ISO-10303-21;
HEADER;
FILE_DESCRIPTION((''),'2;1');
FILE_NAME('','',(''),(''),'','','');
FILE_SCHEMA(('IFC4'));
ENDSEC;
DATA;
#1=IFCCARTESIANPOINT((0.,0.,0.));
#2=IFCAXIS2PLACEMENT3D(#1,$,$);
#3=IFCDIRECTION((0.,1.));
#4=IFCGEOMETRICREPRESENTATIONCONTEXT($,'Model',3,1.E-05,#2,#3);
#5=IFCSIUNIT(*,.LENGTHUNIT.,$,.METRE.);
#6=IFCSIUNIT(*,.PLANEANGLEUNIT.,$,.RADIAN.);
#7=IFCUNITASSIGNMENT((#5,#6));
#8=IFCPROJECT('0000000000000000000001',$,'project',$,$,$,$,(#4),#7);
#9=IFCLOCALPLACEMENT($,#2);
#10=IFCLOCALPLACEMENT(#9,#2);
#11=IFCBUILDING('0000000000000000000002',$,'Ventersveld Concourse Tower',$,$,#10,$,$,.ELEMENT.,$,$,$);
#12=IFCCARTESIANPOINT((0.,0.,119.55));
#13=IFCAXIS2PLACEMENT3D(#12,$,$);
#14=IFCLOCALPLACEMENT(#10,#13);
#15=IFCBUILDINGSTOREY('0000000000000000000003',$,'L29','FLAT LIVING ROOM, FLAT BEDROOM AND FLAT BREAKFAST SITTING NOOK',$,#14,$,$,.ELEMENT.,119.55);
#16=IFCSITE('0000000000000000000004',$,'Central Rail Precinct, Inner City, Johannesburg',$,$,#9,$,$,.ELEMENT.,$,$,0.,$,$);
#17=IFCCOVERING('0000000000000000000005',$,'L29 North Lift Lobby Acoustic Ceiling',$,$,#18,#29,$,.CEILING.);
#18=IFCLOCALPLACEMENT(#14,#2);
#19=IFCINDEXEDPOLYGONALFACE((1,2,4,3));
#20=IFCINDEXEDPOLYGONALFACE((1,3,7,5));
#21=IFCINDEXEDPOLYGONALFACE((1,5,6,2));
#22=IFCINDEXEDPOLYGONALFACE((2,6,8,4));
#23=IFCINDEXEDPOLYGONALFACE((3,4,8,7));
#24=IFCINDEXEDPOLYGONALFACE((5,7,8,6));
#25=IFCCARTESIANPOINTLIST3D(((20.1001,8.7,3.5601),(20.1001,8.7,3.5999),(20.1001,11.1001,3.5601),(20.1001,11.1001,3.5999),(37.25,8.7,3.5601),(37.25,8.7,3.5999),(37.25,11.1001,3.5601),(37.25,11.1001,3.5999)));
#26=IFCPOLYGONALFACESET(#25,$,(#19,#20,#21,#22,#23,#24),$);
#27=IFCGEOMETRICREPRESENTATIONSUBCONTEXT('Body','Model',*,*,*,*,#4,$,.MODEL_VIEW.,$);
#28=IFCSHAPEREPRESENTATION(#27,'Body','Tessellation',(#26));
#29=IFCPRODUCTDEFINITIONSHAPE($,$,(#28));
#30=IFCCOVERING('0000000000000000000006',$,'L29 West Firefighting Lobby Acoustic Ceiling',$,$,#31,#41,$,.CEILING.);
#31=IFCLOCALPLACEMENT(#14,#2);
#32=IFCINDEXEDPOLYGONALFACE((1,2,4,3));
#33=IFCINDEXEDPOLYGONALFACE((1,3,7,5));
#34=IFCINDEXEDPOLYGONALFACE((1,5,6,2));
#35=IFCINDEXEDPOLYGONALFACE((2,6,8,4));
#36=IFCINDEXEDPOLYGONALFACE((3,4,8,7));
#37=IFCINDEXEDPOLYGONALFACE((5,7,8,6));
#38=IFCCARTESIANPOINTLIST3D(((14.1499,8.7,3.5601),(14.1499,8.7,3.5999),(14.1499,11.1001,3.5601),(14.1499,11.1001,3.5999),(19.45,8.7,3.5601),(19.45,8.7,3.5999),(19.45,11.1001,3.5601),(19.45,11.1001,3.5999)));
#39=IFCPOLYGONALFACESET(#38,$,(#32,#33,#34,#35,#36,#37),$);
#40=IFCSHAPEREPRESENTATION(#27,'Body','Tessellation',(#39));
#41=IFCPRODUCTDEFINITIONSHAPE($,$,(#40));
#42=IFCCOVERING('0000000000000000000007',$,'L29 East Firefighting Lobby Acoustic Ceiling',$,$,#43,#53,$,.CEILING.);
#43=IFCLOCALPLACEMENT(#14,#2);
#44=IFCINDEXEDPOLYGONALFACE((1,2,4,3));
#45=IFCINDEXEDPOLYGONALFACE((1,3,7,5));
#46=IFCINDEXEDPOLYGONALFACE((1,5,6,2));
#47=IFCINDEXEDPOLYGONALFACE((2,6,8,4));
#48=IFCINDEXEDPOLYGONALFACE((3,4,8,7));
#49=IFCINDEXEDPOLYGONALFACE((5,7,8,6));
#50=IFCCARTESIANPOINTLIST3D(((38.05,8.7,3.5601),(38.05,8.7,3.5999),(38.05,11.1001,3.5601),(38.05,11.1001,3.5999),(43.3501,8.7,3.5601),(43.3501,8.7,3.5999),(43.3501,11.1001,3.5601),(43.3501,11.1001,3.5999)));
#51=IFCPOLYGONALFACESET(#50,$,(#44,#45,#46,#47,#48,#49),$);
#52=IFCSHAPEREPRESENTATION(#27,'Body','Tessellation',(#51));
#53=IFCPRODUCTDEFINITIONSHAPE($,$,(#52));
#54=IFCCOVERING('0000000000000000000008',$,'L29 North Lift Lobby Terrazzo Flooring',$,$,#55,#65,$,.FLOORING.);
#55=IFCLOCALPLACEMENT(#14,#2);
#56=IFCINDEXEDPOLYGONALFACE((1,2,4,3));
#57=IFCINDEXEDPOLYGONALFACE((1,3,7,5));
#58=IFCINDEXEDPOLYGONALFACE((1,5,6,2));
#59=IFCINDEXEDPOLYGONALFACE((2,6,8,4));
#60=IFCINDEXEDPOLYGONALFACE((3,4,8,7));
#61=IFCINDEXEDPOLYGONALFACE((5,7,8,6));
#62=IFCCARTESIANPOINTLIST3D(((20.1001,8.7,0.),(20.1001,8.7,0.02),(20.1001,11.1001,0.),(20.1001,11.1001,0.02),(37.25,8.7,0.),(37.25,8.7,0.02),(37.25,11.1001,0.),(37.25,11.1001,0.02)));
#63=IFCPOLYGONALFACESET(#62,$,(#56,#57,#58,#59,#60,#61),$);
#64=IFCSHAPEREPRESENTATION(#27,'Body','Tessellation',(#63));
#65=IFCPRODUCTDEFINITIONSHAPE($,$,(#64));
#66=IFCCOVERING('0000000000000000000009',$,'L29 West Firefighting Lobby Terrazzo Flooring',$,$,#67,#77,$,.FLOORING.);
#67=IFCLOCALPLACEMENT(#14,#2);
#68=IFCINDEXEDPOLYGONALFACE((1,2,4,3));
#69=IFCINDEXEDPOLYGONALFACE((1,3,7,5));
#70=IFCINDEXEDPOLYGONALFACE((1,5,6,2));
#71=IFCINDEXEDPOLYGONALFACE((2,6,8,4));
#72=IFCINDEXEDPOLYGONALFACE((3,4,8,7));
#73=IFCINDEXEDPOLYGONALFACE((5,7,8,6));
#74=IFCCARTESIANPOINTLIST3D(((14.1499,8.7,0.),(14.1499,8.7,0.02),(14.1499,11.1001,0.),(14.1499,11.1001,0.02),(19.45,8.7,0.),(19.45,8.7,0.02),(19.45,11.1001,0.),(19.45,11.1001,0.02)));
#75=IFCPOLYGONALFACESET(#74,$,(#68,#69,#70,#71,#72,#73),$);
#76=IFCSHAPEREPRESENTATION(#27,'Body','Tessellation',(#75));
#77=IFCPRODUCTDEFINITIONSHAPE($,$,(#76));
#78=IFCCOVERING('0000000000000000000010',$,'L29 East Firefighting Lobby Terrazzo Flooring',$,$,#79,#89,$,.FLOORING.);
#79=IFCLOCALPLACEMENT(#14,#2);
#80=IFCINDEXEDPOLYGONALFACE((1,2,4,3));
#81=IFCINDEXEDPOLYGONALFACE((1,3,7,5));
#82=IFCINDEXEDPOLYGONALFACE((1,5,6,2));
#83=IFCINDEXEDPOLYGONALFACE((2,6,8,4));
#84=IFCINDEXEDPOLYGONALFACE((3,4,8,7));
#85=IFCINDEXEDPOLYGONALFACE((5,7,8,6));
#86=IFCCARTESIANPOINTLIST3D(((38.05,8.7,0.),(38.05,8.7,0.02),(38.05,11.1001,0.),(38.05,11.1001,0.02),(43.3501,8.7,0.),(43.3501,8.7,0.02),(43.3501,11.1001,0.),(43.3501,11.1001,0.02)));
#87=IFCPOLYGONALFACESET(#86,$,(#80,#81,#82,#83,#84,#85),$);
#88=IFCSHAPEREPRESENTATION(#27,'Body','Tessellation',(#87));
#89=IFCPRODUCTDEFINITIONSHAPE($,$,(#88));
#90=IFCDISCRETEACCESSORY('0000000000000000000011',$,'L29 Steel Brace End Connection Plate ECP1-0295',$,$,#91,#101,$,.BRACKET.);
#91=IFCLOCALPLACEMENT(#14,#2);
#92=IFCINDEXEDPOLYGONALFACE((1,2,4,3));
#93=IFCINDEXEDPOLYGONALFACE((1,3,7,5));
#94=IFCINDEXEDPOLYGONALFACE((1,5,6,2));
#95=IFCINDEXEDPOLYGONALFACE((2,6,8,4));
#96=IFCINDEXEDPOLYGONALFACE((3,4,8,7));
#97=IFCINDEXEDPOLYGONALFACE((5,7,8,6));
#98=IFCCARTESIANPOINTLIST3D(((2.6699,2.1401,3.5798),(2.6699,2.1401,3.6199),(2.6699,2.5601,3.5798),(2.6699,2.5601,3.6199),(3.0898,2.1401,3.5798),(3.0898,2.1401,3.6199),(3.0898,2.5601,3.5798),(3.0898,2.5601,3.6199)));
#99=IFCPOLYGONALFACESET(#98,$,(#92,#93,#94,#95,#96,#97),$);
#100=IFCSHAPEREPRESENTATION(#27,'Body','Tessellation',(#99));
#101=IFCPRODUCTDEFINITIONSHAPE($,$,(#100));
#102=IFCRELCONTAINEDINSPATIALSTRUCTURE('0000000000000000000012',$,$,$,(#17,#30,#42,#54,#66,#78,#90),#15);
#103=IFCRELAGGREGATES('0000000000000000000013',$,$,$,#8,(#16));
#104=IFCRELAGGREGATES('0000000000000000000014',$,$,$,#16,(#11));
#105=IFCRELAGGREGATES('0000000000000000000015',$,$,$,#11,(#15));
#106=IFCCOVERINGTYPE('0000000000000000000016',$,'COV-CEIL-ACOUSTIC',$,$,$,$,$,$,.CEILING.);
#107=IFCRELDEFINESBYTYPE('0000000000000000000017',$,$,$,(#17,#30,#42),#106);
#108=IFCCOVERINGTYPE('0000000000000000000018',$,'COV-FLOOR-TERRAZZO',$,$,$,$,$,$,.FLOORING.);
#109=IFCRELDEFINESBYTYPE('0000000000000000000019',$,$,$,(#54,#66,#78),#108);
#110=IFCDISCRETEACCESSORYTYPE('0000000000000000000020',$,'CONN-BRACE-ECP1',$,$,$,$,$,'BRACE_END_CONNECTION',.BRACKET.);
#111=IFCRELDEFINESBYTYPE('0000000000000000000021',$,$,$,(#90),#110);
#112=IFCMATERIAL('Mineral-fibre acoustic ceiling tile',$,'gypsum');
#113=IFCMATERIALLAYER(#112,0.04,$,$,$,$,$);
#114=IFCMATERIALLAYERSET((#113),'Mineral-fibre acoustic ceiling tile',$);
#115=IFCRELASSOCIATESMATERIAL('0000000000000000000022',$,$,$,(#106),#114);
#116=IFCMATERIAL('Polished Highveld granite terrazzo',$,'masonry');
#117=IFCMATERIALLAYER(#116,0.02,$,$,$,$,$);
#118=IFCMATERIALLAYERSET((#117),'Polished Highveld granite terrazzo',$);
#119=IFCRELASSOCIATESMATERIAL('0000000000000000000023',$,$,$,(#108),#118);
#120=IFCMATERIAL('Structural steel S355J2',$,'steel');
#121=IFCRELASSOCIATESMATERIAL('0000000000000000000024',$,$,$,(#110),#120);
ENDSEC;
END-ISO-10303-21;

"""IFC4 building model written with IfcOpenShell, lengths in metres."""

from ifc_helpers import new_model, si_unit, direction, frame, origin, origin_2d, place, context, subcontext, project, spatial, polyline, rectangle, outline, extrude, material, layer, layer_set, type_object, element, save


model = new_model("IFC4")

# Units and contexts
model_context = context("Model", 3, precision=1e-05, world=origin(), true_north=direction((0.0, 1.0)))
body_context = subcontext(model_context, "Body", "Model", "MODEL_VIEW")
ifc_project = project(units=[si_unit("LENGTHUNIT", "METRE"), si_unit("PLANEANGLEUNIT", "RADIAN")], contexts=[model_context])

# Site, building, storey
site_placement = place(None, origin())
site = spatial("IfcSite", under=ifc_project, at=site_placement, Name="Central Rail Precinct, Inner City, Johannesburg", CompositionType="ELEMENT", RefElevation=0.0)
building_placement = place(site_placement, origin())
building = spatial("IfcBuilding", under=site, at=building_placement, Name="Ventersveld Concourse Tower", CompositionType="ELEMENT")
storey_placement = place(building_placement, frame((0.0, 0.0, 119.55)))
storey = spatial("IfcBuildingStorey", under=building, at=storey_placement, Name="L29", Description="FLAT LIVING ROOM, FLAT BEDROOM AND FLAT BREAKFAST SITTING NOOK", CompositionType="ELEMENT", Elevation=119.55)

# Coverings
ifc_material_1 = material(Name="Mineral-fibre acoustic ceiling tile", Category="gypsum")
ifc_layer_1 = layer(ifc_material_1, 0.04)
ifc_layer_set_1 = layer_set([ifc_layer_1], Name="Mineral-fibre acoustic ceiling tile")
covering_type_1 = type_object("IfcCoveringType", Name="COV-CEIL-ACOUSTIC", PredefinedType="CEILING", material=ifc_layer_set_1)
covering_1_placement = place(storey_placement, frame((0.0, 0.0, 3.5601)))
element("IfcCovering", 1, at=covering_1_placement, inside=storey, type_object=covering_type_1, Name="L29 North Lift Lobby Acoustic Ceiling", PredefinedType="CEILING", context=body_context, shape_type="SweptSolid", body=[
    extrude(outline(polyline([(20.1001, 8.7), (37.25, 8.7), (37.25, 11.1001), (20.1001, 11.1001), (20.1001, 8.7)])), origin(), (0.0, 0.0, 1.0), 0.0398),
])
covering_2_placement = place(storey_placement, frame((0.0, 0.0, 3.5601)))
element("IfcCovering", 2, at=covering_2_placement, inside=storey, type_object=covering_type_1, Name="L29 West Firefighting Lobby Acoustic Ceiling", PredefinedType="CEILING", context=body_context, shape_type="SweptSolid", body=[
    extrude(outline(polyline([(14.1499, 8.7), (19.45, 8.7), (19.45, 11.1001), (14.1499, 11.1001), (14.1499, 8.7)])), origin(), (0.0, 0.0, 1.0), 0.0398),
])
covering_3_placement = place(storey_placement, frame((0.0, 0.0, 3.5601)))
element("IfcCovering", 3, at=covering_3_placement, inside=storey, type_object=covering_type_1, Name="L29 East Firefighting Lobby Acoustic Ceiling", PredefinedType="CEILING", context=body_context, shape_type="SweptSolid", body=[
    extrude(outline(polyline([(38.05, 8.7), (43.3501, 8.7), (43.3501, 11.1001), (38.05, 11.1001), (38.05, 8.7)])), origin(), (0.0, 0.0, 1.0), 0.0398),
])
ifc_material_2 = material(Name="Polished Highveld granite terrazzo", Category="masonry")
ifc_layer_2 = layer(ifc_material_2, 0.02)
ifc_layer_set_2 = layer_set([ifc_layer_2], Name="Polished Highveld granite terrazzo")
covering_type_2 = type_object("IfcCoveringType", Name="COV-FLOOR-TERRAZZO", PredefinedType="FLOORING", material=ifc_layer_set_2)
covering_4_placement = place(storey_placement, origin())
element("IfcCovering", 4, at=covering_4_placement, inside=storey, type_object=covering_type_2, Name="L29 North Lift Lobby Terrazzo Flooring", PredefinedType="FLOORING", context=body_context, shape_type="SweptSolid", body=[
    extrude(outline(polyline([(20.1001, 8.7), (37.25, 8.7), (37.25, 11.1001), (20.1001, 11.1001), (20.1001, 8.7)])), origin(), (0.0, 0.0, 1.0), 0.02),
])
covering_5_placement = place(storey_placement, origin())
element("IfcCovering", 5, at=covering_5_placement, inside=storey, type_object=covering_type_2, Name="L29 West Firefighting Lobby Terrazzo Flooring", PredefinedType="FLOORING", context=body_context, shape_type="SweptSolid", body=[
    extrude(outline(polyline([(14.1499, 8.7), (19.45, 8.7), (19.45, 11.1001), (14.1499, 11.1001), (14.1499, 8.7)])), origin(), (0.0, 0.0, 1.0), 0.02),
])
covering_6_placement = place(storey_placement, origin())
element("IfcCovering", 6, at=covering_6_placement, inside=storey, type_object=covering_type_2, Name="L29 East Firefighting Lobby Terrazzo Flooring", PredefinedType="FLOORING", context=body_context, shape_type="SweptSolid", body=[
    extrude(outline(polyline([(38.05, 8.7), (43.3501, 8.7), (43.3501, 11.1001), (38.05, 11.1001), (38.05, 8.7)])), origin(), (0.0, 0.0, 1.0), 0.02),
])

# Discrete accessory
ifc_material_3 = material(Name="Structural steel S355J2", Category="steel")
discrete_accessory_type = type_object("IfcDiscreteAccessoryType", Name="CONN-BRACE-ECP1", ElementType="BRACE_END_CONNECTION", PredefinedType="BRACKET", material=ifc_material_3)
discrete_accessory_placement = place(storey_placement, frame((2.8799, 2.3501, 3.5798), z_axis=(0.0, 0.0, 1.0), x_axis=(1.0, 0.0, 0.0)))
element("IfcDiscreteAccessory", 7, at=discrete_accessory_placement, inside=storey, type_object=discrete_accessory_type, Name="L29 Steel Brace End Connection Plate ECP1-0295", PredefinedType="BRACKET", context=body_context, shape_type="SweptSolid", body=[
    extrude(rectangle(XDim=0.4199, YDim=0.4199, at=origin_2d()), origin(), (0.0, 0.0, 1.0), 0.04),
])

save(model, "model.ifc")
